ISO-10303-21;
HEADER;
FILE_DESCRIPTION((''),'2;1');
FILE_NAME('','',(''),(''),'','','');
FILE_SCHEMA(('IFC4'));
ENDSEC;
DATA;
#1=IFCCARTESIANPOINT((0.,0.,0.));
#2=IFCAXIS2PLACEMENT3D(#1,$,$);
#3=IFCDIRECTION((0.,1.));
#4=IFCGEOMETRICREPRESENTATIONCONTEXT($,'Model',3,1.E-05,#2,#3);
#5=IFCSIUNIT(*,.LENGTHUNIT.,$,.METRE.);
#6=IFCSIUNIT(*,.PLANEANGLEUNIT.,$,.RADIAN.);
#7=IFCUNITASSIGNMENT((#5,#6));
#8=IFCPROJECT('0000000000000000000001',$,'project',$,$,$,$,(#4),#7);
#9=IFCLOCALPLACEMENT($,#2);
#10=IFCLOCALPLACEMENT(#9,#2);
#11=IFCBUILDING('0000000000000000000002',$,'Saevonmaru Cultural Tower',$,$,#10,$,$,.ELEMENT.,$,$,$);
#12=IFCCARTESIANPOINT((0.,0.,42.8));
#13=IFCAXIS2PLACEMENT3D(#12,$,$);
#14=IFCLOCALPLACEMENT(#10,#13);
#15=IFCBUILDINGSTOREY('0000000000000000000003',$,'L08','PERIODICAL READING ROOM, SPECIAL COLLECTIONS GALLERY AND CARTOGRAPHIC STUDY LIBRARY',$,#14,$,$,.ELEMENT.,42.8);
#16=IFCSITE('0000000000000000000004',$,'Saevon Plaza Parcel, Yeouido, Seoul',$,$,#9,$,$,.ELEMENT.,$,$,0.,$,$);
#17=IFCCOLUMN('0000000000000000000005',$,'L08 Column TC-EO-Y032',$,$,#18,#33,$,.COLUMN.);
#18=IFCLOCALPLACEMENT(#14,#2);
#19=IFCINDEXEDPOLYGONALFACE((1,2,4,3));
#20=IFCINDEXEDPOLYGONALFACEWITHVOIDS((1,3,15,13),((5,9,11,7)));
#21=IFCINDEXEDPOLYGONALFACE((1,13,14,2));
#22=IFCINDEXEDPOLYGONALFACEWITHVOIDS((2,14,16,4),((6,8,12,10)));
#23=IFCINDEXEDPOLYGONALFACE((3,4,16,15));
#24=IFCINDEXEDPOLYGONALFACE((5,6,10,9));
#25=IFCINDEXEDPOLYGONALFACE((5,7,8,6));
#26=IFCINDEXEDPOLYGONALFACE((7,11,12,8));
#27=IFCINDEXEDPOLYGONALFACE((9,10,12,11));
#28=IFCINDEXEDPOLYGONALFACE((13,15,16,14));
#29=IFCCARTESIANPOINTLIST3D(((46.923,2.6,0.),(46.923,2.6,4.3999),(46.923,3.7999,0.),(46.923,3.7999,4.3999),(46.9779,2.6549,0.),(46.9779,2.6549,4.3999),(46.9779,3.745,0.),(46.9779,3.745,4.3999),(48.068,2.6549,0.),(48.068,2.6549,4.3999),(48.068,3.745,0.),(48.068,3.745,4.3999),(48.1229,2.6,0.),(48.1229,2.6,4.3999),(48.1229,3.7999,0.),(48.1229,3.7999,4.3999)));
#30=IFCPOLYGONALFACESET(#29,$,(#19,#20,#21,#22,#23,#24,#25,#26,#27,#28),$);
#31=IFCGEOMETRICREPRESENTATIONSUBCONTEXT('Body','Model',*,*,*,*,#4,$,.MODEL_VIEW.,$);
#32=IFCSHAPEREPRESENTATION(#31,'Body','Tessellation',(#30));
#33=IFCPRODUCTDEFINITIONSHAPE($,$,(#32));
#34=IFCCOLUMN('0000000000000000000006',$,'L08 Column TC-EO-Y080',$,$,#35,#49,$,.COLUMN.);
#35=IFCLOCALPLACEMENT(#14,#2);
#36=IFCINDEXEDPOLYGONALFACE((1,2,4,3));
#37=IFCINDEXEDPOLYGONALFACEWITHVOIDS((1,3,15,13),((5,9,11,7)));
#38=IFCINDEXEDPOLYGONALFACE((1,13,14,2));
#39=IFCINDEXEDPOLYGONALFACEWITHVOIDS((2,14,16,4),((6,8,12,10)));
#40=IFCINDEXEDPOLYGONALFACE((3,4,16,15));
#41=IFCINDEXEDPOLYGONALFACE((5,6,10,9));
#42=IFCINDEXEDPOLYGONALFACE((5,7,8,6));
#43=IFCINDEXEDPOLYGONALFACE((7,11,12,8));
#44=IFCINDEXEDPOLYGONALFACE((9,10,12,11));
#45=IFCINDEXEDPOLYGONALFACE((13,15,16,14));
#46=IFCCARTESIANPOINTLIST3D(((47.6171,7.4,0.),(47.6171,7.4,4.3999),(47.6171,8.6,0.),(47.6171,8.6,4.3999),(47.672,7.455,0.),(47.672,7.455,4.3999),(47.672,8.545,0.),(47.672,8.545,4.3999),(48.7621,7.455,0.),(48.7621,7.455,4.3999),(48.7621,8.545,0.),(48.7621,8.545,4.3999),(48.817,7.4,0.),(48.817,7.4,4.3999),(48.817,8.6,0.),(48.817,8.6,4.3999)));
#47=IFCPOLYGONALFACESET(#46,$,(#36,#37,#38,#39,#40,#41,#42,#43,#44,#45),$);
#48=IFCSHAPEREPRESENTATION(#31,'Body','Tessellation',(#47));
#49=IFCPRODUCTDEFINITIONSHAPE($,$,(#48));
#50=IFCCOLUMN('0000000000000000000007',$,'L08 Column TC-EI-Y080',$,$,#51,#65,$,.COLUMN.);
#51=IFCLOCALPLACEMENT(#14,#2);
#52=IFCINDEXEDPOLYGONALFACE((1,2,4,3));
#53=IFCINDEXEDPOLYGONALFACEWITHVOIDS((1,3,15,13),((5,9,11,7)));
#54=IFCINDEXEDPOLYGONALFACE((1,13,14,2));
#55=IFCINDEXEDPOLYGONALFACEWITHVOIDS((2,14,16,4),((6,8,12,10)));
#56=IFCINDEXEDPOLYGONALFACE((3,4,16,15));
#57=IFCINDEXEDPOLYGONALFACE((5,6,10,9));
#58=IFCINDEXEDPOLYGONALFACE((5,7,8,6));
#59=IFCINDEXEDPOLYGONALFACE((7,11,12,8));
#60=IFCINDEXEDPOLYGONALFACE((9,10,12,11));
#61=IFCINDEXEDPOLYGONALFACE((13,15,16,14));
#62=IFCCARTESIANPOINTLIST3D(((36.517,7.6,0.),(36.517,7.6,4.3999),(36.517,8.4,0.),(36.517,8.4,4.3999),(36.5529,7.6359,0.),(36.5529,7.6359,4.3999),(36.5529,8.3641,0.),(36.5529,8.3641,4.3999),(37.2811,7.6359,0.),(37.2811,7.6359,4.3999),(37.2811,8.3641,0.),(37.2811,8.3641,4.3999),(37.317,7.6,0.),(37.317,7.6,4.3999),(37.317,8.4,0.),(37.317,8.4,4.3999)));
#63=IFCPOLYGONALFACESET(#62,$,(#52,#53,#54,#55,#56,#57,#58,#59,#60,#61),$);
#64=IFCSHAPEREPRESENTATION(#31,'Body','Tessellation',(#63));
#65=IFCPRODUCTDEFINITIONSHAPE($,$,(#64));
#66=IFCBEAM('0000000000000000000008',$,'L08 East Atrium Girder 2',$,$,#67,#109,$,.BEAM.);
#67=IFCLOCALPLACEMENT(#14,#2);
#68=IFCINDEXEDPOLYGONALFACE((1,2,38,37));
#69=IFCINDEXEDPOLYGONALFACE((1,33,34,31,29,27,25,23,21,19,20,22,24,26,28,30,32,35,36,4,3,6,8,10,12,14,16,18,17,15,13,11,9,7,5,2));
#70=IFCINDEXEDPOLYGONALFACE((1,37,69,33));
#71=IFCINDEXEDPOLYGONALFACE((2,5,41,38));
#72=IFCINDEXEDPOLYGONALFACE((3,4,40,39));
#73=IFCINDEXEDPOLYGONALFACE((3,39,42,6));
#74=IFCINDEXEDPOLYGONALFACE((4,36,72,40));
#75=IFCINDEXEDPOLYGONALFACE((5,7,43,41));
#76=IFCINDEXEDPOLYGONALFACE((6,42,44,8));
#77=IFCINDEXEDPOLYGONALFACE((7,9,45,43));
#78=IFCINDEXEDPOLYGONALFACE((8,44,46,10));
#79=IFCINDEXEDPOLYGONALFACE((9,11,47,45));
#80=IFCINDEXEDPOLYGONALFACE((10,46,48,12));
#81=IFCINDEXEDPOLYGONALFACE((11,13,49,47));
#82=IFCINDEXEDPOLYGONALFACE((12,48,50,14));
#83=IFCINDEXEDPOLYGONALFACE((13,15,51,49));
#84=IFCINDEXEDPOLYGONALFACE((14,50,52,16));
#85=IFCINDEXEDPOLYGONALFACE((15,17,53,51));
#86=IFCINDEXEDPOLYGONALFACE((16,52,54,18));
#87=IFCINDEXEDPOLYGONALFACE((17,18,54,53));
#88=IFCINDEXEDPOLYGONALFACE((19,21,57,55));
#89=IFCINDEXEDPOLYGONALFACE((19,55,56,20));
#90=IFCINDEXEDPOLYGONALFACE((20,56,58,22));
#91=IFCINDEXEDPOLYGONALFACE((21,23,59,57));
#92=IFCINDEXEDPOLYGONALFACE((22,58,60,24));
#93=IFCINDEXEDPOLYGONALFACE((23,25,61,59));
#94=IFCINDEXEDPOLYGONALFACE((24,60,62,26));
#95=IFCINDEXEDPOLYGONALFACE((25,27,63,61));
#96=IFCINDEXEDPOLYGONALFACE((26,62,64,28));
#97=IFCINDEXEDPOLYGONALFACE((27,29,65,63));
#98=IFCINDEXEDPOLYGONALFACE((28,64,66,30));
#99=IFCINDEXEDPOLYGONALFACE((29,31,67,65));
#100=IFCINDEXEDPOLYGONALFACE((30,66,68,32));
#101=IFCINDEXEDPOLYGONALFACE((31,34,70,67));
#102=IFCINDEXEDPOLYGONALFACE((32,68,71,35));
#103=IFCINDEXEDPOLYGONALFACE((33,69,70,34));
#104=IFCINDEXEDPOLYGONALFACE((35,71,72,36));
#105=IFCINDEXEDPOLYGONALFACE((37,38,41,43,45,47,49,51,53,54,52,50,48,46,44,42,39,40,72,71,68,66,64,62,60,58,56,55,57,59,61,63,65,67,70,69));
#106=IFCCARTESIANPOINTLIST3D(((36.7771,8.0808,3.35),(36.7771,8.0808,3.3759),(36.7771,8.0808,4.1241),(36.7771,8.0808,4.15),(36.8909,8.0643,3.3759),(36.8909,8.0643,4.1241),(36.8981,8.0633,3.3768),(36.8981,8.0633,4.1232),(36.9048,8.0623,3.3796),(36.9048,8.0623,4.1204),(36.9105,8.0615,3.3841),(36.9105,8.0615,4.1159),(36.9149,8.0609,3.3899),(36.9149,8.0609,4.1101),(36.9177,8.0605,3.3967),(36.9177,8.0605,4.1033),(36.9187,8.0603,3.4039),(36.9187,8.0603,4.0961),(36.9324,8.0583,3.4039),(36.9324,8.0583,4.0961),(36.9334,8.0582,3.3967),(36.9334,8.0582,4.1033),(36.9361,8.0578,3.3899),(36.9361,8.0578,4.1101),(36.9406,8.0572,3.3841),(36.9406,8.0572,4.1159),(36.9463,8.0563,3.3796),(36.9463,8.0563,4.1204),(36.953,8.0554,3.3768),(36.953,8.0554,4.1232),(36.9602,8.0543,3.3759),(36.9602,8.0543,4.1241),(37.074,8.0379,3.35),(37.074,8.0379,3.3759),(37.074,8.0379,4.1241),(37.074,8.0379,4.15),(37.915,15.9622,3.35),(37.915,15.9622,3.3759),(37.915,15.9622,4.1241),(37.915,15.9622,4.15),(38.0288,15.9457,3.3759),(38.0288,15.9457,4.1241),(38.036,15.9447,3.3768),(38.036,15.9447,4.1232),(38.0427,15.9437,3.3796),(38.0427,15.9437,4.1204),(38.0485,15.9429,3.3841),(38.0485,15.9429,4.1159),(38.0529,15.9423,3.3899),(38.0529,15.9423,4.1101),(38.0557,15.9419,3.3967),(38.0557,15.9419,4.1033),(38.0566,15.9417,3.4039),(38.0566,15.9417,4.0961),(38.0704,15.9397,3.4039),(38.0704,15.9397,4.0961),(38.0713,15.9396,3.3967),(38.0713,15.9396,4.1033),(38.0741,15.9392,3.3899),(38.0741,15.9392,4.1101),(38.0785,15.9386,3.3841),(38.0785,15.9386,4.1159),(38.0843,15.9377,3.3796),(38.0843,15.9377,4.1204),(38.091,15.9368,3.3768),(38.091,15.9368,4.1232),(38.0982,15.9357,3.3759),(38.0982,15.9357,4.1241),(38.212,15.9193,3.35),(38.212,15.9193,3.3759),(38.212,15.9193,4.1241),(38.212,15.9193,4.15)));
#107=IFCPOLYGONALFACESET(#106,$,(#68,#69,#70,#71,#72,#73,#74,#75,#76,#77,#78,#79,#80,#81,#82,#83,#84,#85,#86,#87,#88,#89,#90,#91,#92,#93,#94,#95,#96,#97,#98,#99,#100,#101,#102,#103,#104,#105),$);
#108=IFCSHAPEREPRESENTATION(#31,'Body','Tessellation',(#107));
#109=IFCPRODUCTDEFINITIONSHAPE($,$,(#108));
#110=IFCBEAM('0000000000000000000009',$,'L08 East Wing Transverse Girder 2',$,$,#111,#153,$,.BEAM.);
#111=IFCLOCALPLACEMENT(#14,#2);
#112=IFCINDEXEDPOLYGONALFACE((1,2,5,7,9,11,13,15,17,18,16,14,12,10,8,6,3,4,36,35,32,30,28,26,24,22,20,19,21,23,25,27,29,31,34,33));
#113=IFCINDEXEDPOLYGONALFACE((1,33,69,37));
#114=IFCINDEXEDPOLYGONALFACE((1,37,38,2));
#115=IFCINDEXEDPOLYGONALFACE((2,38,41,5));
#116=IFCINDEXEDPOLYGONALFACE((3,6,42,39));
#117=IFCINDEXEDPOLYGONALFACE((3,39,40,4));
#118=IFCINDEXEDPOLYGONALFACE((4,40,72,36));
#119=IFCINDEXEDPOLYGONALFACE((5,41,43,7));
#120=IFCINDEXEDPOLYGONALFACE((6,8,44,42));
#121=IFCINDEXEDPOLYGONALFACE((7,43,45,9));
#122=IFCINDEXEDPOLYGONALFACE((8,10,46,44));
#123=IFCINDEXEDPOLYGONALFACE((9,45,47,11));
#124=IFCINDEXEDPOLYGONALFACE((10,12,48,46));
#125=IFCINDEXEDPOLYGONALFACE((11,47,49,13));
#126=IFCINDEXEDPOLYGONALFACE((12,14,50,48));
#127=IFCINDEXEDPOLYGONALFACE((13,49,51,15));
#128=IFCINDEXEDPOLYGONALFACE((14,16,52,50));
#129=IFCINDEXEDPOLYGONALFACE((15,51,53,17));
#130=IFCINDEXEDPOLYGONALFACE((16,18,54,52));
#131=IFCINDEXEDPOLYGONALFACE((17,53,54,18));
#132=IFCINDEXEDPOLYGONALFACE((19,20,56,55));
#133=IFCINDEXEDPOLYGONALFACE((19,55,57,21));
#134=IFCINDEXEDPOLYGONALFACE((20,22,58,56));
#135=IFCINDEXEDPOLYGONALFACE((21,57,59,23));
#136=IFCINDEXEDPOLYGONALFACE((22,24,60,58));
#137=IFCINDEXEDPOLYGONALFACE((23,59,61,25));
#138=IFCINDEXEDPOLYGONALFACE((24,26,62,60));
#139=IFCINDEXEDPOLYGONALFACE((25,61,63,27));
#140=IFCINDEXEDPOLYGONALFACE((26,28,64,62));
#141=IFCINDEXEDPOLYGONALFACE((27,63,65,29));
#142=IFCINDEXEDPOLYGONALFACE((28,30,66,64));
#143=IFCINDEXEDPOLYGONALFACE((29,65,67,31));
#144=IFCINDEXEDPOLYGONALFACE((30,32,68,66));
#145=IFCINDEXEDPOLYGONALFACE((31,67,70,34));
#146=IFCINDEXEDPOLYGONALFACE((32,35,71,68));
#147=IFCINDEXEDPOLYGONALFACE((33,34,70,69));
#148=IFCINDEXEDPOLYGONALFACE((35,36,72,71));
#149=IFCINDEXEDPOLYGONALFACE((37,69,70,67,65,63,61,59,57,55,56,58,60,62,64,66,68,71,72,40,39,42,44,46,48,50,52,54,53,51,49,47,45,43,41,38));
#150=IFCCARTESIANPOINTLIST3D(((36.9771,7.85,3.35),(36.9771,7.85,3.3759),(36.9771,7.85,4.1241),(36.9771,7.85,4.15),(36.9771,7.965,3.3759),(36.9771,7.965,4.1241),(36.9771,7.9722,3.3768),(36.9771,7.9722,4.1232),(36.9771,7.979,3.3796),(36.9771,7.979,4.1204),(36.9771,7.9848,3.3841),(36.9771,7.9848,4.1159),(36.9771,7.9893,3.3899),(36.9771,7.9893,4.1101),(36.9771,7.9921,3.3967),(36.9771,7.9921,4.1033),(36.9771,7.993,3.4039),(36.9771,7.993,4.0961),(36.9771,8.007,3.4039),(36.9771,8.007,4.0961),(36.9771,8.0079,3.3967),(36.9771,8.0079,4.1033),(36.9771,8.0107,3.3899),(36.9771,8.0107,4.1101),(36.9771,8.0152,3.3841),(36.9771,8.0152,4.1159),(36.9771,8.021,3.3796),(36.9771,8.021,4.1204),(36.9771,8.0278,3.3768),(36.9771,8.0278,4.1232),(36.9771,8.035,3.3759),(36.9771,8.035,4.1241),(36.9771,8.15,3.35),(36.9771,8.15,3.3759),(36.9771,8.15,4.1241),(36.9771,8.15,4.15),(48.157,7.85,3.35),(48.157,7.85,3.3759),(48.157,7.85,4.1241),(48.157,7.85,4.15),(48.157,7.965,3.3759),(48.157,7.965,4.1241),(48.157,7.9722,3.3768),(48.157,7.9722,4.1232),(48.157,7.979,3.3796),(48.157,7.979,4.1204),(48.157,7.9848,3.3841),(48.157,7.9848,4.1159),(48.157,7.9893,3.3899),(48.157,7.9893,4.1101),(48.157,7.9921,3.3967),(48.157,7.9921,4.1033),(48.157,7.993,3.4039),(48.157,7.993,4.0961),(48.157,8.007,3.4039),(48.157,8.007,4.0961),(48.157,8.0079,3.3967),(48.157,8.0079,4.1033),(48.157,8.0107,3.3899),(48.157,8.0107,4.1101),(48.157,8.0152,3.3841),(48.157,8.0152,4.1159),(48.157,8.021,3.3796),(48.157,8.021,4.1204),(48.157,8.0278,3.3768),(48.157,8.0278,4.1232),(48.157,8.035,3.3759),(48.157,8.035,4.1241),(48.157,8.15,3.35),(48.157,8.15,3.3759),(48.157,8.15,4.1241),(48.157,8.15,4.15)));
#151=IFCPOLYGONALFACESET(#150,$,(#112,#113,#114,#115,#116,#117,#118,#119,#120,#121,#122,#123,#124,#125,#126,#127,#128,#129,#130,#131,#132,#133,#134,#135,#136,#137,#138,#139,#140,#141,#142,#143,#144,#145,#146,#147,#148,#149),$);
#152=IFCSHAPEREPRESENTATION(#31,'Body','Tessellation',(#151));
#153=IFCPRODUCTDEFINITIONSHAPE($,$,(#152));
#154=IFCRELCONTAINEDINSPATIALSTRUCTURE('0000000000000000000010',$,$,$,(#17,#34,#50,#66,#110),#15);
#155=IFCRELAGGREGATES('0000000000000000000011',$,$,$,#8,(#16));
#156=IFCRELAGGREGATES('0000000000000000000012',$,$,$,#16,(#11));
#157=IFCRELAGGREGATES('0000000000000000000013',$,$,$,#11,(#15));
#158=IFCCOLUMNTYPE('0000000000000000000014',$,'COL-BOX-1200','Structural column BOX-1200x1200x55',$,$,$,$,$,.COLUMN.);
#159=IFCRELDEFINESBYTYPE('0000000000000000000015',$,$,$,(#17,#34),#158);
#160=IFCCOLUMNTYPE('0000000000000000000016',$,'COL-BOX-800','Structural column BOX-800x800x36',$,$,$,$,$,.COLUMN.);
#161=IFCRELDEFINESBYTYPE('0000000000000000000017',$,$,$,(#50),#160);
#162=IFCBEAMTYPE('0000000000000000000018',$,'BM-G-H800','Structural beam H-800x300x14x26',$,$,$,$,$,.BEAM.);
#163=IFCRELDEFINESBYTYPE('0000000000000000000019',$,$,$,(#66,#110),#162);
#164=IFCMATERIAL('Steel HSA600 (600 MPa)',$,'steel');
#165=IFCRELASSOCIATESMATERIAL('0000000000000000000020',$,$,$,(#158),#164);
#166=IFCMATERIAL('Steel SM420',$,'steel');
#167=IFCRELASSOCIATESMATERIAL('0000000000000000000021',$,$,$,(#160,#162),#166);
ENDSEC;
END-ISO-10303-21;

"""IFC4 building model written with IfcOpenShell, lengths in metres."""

from ifc_helpers import new_model, si_unit, direction, frame, origin, origin_2d, place, context, subcontext, project, spatial, hollow_rectangle, i_section, extrude, material, material_profile, profile_set, type_object, element, save


model = new_model("IFC4")

# Units and contexts
model_context = context("Model", 3, precision=1e-05, world=origin(), true_north=direction((0.0, 1.0)))
body_context = subcontext(model_context, "Body", "Model", "MODEL_VIEW")
ifc_project = project(units=[si_unit("LENGTHUNIT", "METRE"), si_unit("PLANEANGLEUNIT", "RADIAN")], contexts=[model_context])

# Site, building, storey
site_placement = place(None, origin())
site = spatial("IfcSite", under=ifc_project, at=site_placement, Name="Saevon Plaza Parcel, Yeouido, Seoul", CompositionType="ELEMENT", RefElevation=0.0)
building_placement = place(site_placement, origin())
building = spatial("IfcBuilding", under=site, at=building_placement, Name="Saevonmaru Cultural Tower", CompositionType="ELEMENT")
storey_placement = place(building_placement, frame((0.0, 0.0, 42.8)))
storey = spatial("IfcBuildingStorey", under=building, at=storey_placement, Name="L08", Description="PERIODICAL READING ROOM, SPECIAL COLLECTIONS GALLERY AND CARTOGRAPHIC STUDY LIBRARY", CompositionType="ELEMENT", Elevation=42.8)

# Columns
ifc_material_1 = material(Name="Steel HSA600 (600 MPa)", Category="steel")
ifc_material_profile_1 = material_profile(ifc_material_1, hollow_rectangle(XDim=1.2, YDim=1.2, WallThickness=0.0549, at=origin_2d()), Name="BOX-1200x1200x55")
ifc_profile_set_1 = profile_set([ifc_material_profile_1], Name="Steel HSA600 (600 MPa)")
column_type_1 = type_object("IfcColumnType", Name="COL-BOX-1200", Description="Structural column BOX-1200x1200x55", PredefinedType="COLUMN", material=ifc_profile_set_1)
for number, where, z_axis, x_axis, name in (
    (1, (47.5229, 3.2, 0.0), (0.0, 0.0, 1.0), (1.0, 0.0, 0.0), "L08 Column TC-EO-Y032"),
    (2, (48.217, 8.0, 0.0), (0.0, 0.0, 1.0), (1.0, 0.0, 0.0), "L08 Column TC-EO-Y080"),
):
    element("IfcColumn", number, at=place(storey_placement, frame(where, z_axis=z_axis, x_axis=x_axis)), inside=storey, type_object=column_type_1, Name=name, PredefinedType="COLUMN", context=body_context, shape_type="SweptSolid", body=[
        extrude(hollow_rectangle(XDim=1.2, YDim=1.2, WallThickness=0.0549, at=origin_2d()), origin(), (0.0, 0.0, 1.0), 4.3999),
    ])
ifc_material_2 = material(Name="Steel SM420", Category="steel")
ifc_material_profile_2 = material_profile(ifc_material_2, hollow_rectangle(XDim=0.8, YDim=0.8, WallThickness=0.0359, at=origin_2d()), Name="BOX-800x800x36")
ifc_profile_set_2 = profile_set([ifc_material_profile_2], Name="Steel SM420")
column_type_2 = type_object("IfcColumnType", Name="COL-BOX-800", Description="Structural column BOX-800x800x36", PredefinedType="COLUMN", material=ifc_profile_set_2)
column_placement = place(storey_placement, frame((36.917, 8.0, 0.0), z_axis=(0.0, 0.0, 1.0), x_axis=(1.0, 0.0, 0.0)))
element("IfcColumn", 3, at=column_placement, inside=storey, type_object=column_type_2, Name="L08 Column TC-EI-Y080", PredefinedType="COLUMN", context=body_context, shape_type="SweptSolid", body=[
    extrude(hollow_rectangle(XDim=0.8, YDim=0.8, WallThickness=0.0359, at=origin_2d()), origin(), (0.0, 0.0, 1.0), 4.3999),
])

# Beams
ifc_material_profile_3 = material_profile(ifc_material_2, i_section(OverallWidth=0.3, OverallDepth=0.8, WebThickness=0.0139, FlangeThickness=0.0259, FilletRadius=0.0281, at=origin_2d()), Name="H-800x300x14x26")
ifc_profile_set_3 = profile_set([ifc_material_profile_3], Name="Steel SM420")
beam_type_1 = type_object("IfcBeamType", Name="BM-G-H800", Description="Structural beam H-800x300x14x26", PredefinedType="BEAM", material=ifc_profile_set_3)
beam_1_placement = place(storey_placement, frame((36.9255, 8.0593, 3.75), z_axis=(0.142902, 0.989737, 0.0), x_axis=(-0.989737, 0.142902, 0.0)))
element("IfcBeam", 4, at=beam_1_placement, inside=storey, type_object=beam_type_1, Name="L08 East Atrium Girder 2", PredefinedType="BEAM", context=body_context, shape_type="SweptSolid", body=[
    extrude(i_section(OverallWidth=0.3, OverallDepth=0.8, WebThickness=0.0139, FlangeThickness=0.0259, FilletRadius=0.0281, at=origin_2d()), origin(), (0.0, 0.0, 1.0), 7.9631),
])
beam_2_placement = place(storey_placement, frame((36.9771, 8.0, 3.75), z_axis=(1.0, 0.0, 0.0), x_axis=(0.0, 1.0, 0.0)))
element("IfcBeam", 5, at=beam_2_placement, inside=storey, type_object=beam_type_1, Name="L08 East Wing Transverse Girder 2", PredefinedType="BEAM", context=body_context, shape_type="SweptSolid", body=[
    extrude(i_section(OverallWidth=0.3, OverallDepth=0.8, WebThickness=0.0139, FlangeThickness=0.0259, FilletRadius=0.0281, at=origin_2d()), origin(), (0.0, 0.0, 1.0), 11.1799),
])

save(model, "model.ifc")
